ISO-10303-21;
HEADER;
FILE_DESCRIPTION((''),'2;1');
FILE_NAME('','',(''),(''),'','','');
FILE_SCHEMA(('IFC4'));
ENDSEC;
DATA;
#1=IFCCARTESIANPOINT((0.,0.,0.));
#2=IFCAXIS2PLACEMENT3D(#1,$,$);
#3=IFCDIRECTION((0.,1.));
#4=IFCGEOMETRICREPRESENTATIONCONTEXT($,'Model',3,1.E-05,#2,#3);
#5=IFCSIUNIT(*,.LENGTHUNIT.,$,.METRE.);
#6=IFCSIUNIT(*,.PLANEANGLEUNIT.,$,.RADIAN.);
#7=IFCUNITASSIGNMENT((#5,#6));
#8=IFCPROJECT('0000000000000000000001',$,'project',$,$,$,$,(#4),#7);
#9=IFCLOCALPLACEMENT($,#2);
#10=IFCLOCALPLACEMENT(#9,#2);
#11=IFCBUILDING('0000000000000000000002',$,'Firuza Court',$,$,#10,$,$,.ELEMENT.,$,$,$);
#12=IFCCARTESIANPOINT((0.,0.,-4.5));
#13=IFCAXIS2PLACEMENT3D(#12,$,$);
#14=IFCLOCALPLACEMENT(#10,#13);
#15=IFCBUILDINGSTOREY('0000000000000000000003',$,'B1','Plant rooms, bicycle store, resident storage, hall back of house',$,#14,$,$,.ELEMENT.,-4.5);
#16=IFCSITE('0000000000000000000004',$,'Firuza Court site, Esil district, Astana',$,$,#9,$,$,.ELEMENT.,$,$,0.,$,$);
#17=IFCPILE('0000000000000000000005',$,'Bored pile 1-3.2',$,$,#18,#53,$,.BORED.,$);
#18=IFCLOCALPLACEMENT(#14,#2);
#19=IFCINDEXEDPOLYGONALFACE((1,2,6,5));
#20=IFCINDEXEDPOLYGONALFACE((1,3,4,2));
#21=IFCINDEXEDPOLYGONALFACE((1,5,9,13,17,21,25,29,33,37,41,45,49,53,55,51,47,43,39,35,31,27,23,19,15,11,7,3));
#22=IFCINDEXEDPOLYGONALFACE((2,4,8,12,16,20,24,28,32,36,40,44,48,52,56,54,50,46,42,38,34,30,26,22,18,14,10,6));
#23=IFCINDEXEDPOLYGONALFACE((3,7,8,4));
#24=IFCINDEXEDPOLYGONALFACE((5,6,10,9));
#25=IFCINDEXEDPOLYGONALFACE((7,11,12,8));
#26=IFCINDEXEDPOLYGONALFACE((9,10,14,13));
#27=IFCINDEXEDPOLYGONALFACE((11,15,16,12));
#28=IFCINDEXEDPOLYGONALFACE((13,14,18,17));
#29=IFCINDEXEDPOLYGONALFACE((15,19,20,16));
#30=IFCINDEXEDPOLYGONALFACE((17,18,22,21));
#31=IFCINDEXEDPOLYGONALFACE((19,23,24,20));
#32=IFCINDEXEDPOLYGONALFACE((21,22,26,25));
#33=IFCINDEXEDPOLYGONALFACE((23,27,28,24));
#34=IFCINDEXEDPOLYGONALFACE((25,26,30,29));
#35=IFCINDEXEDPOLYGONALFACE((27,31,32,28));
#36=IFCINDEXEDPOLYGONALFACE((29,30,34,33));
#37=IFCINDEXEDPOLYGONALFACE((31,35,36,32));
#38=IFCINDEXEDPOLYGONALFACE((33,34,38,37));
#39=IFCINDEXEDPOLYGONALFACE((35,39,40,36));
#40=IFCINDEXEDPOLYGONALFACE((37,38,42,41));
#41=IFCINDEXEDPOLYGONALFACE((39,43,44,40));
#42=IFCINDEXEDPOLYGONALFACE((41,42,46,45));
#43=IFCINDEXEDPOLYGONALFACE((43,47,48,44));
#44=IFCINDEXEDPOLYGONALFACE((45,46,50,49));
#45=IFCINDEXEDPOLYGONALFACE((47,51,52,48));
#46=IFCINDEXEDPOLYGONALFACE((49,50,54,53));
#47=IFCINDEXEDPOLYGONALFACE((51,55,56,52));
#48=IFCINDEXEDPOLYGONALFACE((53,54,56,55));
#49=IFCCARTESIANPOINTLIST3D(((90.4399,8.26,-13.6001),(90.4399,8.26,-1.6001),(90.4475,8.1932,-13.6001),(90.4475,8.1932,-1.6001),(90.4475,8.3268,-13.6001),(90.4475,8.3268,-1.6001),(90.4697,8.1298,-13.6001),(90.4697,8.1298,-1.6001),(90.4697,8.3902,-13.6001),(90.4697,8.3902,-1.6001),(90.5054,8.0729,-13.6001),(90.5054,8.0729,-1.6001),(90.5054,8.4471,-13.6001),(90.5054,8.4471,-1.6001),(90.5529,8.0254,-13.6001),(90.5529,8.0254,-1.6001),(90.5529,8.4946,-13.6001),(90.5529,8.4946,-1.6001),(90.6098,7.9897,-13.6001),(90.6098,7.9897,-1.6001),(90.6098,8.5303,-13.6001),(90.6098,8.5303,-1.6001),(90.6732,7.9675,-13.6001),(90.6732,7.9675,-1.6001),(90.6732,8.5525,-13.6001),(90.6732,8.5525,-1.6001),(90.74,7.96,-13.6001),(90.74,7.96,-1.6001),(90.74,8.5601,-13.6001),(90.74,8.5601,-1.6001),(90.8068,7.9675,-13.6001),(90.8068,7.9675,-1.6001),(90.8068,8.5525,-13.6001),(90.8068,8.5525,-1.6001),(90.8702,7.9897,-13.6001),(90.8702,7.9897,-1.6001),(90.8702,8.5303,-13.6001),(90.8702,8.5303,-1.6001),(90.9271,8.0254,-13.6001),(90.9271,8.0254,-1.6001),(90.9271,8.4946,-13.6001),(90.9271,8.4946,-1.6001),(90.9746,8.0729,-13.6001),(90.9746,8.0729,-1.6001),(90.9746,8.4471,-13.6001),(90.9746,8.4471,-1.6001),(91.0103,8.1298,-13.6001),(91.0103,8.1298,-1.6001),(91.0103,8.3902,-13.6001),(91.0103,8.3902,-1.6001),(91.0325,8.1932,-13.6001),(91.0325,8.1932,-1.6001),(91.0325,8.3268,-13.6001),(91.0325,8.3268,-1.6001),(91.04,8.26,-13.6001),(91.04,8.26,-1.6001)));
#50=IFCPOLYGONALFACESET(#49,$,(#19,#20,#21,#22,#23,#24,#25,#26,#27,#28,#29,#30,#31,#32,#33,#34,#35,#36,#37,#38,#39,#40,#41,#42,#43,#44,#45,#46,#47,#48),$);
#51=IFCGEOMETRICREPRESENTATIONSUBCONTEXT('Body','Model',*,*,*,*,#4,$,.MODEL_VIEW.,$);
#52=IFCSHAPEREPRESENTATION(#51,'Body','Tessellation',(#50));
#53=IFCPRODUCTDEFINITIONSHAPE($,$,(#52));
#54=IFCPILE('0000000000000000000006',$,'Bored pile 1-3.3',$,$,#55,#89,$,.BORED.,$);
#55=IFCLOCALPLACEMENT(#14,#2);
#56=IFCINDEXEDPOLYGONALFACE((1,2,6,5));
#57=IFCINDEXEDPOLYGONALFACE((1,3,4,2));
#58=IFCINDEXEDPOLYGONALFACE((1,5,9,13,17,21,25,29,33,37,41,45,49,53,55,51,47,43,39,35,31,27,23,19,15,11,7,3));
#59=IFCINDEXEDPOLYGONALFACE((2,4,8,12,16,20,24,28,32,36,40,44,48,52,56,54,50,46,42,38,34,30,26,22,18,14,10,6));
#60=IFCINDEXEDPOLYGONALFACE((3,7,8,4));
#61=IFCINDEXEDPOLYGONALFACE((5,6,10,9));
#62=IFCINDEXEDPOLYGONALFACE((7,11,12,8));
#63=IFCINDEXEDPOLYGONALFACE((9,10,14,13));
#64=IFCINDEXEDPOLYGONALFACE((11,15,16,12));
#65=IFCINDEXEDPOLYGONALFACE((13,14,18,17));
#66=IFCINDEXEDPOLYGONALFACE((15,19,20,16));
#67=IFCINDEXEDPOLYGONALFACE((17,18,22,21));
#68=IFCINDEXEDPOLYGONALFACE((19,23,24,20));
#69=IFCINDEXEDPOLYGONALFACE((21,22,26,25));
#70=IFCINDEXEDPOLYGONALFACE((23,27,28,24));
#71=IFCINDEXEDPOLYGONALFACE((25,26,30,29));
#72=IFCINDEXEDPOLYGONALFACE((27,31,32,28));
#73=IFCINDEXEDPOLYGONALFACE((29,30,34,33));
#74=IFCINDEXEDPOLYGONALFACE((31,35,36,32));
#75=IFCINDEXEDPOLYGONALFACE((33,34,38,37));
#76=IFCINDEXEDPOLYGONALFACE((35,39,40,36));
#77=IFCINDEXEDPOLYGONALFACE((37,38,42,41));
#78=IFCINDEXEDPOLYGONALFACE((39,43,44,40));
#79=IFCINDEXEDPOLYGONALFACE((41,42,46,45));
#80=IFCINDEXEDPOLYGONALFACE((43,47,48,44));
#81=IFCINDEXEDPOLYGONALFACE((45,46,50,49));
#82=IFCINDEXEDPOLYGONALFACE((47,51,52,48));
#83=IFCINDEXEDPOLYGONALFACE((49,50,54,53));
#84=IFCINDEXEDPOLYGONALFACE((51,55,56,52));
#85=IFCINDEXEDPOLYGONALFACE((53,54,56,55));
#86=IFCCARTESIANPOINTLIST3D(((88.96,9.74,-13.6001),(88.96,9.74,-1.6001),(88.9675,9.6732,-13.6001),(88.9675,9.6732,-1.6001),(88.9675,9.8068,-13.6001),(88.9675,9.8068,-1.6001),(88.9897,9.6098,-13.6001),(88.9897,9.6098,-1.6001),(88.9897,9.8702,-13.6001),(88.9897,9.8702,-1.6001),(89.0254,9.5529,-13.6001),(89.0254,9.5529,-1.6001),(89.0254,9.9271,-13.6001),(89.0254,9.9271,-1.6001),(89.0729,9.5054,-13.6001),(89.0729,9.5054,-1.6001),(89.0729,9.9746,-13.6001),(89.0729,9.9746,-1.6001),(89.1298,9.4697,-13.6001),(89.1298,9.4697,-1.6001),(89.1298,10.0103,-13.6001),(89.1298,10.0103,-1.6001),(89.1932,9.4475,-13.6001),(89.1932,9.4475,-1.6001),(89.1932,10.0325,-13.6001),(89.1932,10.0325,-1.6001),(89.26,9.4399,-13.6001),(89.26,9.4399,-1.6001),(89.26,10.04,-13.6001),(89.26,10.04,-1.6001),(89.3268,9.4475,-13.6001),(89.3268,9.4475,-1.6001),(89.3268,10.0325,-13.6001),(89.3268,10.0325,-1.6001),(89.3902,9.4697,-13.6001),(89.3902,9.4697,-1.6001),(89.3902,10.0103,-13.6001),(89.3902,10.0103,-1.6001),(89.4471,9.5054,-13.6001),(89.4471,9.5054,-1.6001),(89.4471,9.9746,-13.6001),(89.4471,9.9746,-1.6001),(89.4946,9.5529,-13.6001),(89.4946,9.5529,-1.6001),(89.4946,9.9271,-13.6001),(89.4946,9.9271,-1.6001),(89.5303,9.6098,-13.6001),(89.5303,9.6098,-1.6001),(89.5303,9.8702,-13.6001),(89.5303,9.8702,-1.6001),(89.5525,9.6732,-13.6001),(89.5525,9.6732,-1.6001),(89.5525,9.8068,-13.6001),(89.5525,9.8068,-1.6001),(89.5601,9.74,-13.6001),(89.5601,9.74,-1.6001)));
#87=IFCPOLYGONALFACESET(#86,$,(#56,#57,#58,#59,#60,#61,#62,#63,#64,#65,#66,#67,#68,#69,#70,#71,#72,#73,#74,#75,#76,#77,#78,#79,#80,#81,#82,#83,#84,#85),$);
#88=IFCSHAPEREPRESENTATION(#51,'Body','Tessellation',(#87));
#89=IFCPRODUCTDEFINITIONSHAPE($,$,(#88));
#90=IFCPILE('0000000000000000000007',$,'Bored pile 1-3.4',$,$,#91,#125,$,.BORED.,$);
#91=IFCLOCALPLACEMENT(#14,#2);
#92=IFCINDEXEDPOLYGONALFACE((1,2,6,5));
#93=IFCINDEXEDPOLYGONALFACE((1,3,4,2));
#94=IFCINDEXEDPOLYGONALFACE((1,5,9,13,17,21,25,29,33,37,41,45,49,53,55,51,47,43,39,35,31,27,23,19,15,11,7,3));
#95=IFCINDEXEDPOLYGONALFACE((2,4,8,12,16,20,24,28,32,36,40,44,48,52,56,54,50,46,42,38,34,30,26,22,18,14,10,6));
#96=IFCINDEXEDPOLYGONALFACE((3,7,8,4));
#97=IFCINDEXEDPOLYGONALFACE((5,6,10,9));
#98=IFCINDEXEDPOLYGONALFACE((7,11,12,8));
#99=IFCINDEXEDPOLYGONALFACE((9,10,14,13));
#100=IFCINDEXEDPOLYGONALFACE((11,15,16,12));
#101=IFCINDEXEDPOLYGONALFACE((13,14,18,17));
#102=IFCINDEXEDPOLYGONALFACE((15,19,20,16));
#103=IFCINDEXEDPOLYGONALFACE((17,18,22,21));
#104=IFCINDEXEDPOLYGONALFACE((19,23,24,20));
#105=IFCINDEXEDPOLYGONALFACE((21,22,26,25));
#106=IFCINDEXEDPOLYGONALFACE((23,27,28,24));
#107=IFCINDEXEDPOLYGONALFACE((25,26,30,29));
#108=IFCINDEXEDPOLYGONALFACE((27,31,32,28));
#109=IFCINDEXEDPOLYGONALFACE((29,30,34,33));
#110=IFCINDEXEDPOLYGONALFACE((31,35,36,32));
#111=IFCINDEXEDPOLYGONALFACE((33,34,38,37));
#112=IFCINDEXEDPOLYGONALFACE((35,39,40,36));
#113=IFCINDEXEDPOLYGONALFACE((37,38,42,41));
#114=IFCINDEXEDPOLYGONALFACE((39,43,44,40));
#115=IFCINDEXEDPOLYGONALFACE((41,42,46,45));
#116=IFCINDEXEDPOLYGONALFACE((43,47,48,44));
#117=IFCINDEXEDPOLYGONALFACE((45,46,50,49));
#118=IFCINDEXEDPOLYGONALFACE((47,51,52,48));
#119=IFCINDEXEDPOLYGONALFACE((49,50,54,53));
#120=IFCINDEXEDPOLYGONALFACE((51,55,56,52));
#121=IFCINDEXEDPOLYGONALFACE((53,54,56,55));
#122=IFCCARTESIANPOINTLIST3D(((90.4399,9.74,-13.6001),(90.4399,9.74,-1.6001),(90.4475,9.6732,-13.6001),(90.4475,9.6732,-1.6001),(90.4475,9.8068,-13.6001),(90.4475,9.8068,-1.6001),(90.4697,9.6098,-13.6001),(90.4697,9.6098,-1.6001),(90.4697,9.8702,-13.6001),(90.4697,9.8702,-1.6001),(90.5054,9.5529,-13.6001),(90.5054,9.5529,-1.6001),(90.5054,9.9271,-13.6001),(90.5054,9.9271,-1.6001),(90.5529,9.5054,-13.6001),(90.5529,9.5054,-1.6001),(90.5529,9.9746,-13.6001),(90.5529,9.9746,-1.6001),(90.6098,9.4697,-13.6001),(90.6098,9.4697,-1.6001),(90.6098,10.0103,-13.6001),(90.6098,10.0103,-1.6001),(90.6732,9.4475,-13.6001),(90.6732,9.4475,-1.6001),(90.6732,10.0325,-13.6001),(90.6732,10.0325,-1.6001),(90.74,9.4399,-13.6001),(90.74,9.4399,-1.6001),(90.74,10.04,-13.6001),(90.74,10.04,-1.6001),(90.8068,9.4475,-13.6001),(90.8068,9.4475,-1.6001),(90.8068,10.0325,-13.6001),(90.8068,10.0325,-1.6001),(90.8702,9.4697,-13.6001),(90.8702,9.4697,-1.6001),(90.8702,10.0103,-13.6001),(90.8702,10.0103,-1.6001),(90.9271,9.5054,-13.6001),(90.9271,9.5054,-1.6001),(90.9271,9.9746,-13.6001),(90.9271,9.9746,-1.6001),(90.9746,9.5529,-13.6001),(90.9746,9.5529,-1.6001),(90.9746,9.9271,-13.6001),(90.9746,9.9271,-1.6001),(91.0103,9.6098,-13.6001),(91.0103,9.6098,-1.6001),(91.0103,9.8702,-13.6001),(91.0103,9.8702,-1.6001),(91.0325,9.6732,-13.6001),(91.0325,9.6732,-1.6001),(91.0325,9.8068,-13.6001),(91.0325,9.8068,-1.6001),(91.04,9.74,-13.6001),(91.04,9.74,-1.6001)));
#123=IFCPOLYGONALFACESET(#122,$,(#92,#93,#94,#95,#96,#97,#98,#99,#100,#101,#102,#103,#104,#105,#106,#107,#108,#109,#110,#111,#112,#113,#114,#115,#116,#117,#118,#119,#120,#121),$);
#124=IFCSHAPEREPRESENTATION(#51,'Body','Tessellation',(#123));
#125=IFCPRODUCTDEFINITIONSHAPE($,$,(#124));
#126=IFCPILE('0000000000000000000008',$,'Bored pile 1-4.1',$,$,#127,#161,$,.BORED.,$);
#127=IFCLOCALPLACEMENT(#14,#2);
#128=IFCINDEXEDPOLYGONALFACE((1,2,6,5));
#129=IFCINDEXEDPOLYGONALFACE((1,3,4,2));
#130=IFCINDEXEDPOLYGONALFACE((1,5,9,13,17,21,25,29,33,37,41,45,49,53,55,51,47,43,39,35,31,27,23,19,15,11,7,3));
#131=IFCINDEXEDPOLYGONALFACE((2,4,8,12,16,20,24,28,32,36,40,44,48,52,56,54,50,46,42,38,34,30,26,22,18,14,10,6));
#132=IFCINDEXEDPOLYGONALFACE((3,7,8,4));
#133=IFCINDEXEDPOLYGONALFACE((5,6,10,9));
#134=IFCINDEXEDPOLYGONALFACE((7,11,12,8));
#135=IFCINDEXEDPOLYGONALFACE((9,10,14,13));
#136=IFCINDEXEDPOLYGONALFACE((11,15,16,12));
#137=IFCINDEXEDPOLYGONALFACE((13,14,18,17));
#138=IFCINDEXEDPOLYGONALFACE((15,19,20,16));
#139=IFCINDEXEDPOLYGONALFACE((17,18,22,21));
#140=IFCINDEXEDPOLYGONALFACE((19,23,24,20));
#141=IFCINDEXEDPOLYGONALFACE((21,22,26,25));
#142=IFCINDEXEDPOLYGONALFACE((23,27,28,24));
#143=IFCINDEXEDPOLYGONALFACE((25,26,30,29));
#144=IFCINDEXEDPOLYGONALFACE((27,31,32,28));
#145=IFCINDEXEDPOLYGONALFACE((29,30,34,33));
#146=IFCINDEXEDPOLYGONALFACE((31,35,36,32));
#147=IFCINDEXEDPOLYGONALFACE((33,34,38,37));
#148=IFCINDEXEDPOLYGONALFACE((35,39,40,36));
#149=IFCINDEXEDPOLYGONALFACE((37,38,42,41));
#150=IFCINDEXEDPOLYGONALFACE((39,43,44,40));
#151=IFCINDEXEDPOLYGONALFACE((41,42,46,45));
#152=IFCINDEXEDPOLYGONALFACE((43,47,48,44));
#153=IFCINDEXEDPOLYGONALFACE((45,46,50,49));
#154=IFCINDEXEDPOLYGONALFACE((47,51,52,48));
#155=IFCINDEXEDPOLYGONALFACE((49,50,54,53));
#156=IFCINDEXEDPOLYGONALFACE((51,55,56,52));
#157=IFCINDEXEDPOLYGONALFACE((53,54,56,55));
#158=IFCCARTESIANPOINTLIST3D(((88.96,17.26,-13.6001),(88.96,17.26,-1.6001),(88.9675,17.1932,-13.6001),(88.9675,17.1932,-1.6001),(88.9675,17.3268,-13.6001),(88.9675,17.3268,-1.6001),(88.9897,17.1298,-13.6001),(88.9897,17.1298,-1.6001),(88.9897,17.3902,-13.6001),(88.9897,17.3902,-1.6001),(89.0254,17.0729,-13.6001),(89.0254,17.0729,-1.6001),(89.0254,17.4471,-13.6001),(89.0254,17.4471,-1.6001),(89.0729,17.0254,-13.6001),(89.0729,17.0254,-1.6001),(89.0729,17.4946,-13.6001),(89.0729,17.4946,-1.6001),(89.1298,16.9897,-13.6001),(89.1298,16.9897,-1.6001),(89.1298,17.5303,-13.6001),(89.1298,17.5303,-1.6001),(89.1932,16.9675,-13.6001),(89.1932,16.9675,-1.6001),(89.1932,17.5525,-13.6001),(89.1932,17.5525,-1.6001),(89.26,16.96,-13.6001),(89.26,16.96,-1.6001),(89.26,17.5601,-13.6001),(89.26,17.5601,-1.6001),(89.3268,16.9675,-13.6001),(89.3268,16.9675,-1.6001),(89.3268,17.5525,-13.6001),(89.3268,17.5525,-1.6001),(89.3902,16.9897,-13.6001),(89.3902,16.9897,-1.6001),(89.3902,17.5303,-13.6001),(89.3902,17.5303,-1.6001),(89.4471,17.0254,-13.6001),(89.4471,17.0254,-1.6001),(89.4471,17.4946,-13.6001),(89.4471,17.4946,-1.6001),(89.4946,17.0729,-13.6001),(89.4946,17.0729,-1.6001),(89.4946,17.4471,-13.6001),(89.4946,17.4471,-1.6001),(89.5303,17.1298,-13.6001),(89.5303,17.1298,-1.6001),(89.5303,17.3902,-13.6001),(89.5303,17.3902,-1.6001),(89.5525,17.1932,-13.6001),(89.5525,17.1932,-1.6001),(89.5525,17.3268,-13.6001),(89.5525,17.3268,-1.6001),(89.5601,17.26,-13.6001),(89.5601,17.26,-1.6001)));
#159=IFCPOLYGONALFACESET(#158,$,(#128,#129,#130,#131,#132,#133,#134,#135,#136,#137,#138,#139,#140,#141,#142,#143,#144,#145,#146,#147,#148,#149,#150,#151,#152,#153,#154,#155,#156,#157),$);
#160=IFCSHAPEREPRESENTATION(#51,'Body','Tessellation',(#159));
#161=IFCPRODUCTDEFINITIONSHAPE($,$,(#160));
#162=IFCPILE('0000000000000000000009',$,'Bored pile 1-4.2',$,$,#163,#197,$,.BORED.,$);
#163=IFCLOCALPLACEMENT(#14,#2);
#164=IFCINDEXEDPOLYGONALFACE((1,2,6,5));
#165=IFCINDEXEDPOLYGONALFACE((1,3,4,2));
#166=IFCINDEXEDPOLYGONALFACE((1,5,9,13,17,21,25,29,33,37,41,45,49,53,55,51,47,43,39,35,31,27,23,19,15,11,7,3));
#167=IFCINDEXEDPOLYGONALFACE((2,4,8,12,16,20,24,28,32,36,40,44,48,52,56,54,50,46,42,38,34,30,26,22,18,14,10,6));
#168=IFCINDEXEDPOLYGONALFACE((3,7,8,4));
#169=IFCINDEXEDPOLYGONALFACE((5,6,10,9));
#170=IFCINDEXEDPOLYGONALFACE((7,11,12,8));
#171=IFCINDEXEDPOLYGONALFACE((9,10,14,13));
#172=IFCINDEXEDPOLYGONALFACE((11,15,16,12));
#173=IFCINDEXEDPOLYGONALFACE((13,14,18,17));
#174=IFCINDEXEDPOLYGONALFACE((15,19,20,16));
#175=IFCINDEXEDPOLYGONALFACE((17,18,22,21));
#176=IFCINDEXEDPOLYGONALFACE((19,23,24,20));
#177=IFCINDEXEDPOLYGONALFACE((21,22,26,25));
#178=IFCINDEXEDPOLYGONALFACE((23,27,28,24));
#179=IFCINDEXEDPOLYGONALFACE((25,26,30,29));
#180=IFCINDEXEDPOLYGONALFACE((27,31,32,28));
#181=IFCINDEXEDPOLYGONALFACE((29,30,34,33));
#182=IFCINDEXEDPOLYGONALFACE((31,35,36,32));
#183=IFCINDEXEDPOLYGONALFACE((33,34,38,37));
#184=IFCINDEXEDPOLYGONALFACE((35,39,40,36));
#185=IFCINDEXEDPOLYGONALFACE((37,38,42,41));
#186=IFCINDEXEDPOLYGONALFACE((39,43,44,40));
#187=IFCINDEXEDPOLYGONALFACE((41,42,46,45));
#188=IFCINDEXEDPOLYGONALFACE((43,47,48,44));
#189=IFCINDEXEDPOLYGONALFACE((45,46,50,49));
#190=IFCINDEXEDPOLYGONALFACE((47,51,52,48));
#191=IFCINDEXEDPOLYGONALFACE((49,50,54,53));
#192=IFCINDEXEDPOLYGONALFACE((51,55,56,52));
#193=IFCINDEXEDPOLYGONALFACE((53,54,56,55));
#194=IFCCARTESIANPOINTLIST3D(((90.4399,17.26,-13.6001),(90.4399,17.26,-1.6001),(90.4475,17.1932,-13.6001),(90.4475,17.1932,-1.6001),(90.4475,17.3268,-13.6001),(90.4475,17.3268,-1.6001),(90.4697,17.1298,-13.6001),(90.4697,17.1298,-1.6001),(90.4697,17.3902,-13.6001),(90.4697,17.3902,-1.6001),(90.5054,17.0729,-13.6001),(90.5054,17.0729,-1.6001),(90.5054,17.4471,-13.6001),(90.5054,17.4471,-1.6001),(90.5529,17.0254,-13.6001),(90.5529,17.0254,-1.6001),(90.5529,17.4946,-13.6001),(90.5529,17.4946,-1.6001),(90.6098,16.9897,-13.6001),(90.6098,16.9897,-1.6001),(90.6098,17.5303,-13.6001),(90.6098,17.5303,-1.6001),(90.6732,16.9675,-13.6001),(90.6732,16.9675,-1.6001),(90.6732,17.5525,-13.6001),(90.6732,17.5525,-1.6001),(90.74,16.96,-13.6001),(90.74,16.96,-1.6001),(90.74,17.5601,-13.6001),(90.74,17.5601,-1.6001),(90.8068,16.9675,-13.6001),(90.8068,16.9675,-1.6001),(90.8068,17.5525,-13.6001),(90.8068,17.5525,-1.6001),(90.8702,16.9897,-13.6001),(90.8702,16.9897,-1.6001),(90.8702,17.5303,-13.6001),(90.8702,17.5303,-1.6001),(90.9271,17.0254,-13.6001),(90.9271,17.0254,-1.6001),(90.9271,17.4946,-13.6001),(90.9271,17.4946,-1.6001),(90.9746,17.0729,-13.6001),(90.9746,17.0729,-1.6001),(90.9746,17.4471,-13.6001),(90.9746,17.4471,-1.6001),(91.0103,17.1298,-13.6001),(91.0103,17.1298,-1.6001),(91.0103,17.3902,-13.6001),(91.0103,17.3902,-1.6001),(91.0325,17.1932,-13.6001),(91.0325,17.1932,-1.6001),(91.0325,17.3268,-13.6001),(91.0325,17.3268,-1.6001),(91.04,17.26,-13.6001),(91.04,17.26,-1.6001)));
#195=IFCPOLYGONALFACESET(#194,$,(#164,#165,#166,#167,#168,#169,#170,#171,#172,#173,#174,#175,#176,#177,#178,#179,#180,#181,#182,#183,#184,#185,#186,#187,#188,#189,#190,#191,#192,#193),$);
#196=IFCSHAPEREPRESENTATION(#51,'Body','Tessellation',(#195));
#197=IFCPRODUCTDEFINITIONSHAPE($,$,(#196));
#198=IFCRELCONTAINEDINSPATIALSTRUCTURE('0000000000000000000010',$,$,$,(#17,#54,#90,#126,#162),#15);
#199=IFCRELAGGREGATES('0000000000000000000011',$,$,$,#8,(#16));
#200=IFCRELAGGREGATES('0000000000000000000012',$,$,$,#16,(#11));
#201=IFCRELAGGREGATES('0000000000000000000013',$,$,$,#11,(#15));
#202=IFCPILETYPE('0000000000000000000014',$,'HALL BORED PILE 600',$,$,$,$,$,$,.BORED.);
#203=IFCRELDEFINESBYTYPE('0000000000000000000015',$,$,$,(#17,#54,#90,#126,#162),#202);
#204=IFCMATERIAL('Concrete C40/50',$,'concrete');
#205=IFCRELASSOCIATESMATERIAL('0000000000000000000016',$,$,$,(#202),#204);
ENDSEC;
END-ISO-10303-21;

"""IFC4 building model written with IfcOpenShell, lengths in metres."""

from ifc_helpers import new_model, si_unit, direction, frame, origin, origin_2d, place, context, subcontext, project, spatial, circle, extrude, material, material_profile, profile_set, type_object, element, save


model = new_model("IFC4")

# Units and contexts
model_context = context("Model", 3, precision=1e-05, world=origin(), true_north=direction((0.0, 1.0)))
body_context = subcontext(model_context, "Body", "Model", "MODEL_VIEW")
ifc_project = project(units=[si_unit("LENGTHUNIT", "METRE"), si_unit("PLANEANGLEUNIT", "RADIAN")], contexts=[model_context])

# Site, building, storey
site_placement = place(None, origin())
site = spatial("IfcSite", under=ifc_project, at=site_placement, Name="Firuza Court site, Esil district, Astana", CompositionType="ELEMENT", RefElevation=0.0)
building_placement = place(site_placement, origin())
building = spatial("IfcBuilding", under=site, at=building_placement, Name="Firuza Court", CompositionType="ELEMENT")
storey_placement = place(building_placement, frame((0.0, 0.0, -4.5)))
storey = spatial("IfcBuildingStorey", under=building, at=storey_placement, Name="B1", Description="Plant rooms, bicycle store, resident storage, hall back of house", CompositionType="ELEMENT", Elevation=-4.5)

# Piles
ifc_material_1 = material(Name="Concrete C40/50", Category="concrete")
ifc_material_profile_1 = material_profile(ifc_material_1, circle(Radius=0.3, at=origin_2d()), Name="PILE 600")
ifc_profile_set_1 = profile_set([ifc_material_profile_1], Name="Concrete C40/50")
pile_type = type_object("IfcPileType", Name="HALL BORED PILE 600", PredefinedType="BORED", material=ifc_profile_set_1)
for number, where, z_axis, x_axis, name in (
    (1, (90.74, 8.26, -1.6001), (0.0, 0.0, -1.0), (1.0, 0.0, 0.0), "Bored pile 1-3.2"),
    (2, (89.26, 9.74, -1.6001), (0.0, 0.0, -1.0), (1.0, 0.0, 0.0), "Bored pile 1-3.3"),
    (3, (90.74, 9.74, -1.6001), (0.0, 0.0, -1.0), (1.0, 0.0, 0.0), "Bored pile 1-3.4"),
    (4, (89.26, 17.26, -1.6001), (0.0, 0.0, -1.0), (1.0, 0.0, 0.0), "Bored pile 1-4.1"),
    (5, (90.74, 17.26, -1.6001), (0.0, 0.0, -1.0), (1.0, 0.0, 0.0), "Bored pile 1-4.2"),
):
    element("IfcPile", number, at=place(storey_placement, frame(where, z_axis=z_axis, x_axis=x_axis)), inside=storey, type_object=pile_type, Name=name, PredefinedType="BORED", context=body_context, shape_type="SweptSolid", body=[
        extrude(circle(Radius=0.3, at=origin_2d()), origin(), (0.0, 0.0, 1.0), 12.0),
    ])

save(model, "model.ifc")
